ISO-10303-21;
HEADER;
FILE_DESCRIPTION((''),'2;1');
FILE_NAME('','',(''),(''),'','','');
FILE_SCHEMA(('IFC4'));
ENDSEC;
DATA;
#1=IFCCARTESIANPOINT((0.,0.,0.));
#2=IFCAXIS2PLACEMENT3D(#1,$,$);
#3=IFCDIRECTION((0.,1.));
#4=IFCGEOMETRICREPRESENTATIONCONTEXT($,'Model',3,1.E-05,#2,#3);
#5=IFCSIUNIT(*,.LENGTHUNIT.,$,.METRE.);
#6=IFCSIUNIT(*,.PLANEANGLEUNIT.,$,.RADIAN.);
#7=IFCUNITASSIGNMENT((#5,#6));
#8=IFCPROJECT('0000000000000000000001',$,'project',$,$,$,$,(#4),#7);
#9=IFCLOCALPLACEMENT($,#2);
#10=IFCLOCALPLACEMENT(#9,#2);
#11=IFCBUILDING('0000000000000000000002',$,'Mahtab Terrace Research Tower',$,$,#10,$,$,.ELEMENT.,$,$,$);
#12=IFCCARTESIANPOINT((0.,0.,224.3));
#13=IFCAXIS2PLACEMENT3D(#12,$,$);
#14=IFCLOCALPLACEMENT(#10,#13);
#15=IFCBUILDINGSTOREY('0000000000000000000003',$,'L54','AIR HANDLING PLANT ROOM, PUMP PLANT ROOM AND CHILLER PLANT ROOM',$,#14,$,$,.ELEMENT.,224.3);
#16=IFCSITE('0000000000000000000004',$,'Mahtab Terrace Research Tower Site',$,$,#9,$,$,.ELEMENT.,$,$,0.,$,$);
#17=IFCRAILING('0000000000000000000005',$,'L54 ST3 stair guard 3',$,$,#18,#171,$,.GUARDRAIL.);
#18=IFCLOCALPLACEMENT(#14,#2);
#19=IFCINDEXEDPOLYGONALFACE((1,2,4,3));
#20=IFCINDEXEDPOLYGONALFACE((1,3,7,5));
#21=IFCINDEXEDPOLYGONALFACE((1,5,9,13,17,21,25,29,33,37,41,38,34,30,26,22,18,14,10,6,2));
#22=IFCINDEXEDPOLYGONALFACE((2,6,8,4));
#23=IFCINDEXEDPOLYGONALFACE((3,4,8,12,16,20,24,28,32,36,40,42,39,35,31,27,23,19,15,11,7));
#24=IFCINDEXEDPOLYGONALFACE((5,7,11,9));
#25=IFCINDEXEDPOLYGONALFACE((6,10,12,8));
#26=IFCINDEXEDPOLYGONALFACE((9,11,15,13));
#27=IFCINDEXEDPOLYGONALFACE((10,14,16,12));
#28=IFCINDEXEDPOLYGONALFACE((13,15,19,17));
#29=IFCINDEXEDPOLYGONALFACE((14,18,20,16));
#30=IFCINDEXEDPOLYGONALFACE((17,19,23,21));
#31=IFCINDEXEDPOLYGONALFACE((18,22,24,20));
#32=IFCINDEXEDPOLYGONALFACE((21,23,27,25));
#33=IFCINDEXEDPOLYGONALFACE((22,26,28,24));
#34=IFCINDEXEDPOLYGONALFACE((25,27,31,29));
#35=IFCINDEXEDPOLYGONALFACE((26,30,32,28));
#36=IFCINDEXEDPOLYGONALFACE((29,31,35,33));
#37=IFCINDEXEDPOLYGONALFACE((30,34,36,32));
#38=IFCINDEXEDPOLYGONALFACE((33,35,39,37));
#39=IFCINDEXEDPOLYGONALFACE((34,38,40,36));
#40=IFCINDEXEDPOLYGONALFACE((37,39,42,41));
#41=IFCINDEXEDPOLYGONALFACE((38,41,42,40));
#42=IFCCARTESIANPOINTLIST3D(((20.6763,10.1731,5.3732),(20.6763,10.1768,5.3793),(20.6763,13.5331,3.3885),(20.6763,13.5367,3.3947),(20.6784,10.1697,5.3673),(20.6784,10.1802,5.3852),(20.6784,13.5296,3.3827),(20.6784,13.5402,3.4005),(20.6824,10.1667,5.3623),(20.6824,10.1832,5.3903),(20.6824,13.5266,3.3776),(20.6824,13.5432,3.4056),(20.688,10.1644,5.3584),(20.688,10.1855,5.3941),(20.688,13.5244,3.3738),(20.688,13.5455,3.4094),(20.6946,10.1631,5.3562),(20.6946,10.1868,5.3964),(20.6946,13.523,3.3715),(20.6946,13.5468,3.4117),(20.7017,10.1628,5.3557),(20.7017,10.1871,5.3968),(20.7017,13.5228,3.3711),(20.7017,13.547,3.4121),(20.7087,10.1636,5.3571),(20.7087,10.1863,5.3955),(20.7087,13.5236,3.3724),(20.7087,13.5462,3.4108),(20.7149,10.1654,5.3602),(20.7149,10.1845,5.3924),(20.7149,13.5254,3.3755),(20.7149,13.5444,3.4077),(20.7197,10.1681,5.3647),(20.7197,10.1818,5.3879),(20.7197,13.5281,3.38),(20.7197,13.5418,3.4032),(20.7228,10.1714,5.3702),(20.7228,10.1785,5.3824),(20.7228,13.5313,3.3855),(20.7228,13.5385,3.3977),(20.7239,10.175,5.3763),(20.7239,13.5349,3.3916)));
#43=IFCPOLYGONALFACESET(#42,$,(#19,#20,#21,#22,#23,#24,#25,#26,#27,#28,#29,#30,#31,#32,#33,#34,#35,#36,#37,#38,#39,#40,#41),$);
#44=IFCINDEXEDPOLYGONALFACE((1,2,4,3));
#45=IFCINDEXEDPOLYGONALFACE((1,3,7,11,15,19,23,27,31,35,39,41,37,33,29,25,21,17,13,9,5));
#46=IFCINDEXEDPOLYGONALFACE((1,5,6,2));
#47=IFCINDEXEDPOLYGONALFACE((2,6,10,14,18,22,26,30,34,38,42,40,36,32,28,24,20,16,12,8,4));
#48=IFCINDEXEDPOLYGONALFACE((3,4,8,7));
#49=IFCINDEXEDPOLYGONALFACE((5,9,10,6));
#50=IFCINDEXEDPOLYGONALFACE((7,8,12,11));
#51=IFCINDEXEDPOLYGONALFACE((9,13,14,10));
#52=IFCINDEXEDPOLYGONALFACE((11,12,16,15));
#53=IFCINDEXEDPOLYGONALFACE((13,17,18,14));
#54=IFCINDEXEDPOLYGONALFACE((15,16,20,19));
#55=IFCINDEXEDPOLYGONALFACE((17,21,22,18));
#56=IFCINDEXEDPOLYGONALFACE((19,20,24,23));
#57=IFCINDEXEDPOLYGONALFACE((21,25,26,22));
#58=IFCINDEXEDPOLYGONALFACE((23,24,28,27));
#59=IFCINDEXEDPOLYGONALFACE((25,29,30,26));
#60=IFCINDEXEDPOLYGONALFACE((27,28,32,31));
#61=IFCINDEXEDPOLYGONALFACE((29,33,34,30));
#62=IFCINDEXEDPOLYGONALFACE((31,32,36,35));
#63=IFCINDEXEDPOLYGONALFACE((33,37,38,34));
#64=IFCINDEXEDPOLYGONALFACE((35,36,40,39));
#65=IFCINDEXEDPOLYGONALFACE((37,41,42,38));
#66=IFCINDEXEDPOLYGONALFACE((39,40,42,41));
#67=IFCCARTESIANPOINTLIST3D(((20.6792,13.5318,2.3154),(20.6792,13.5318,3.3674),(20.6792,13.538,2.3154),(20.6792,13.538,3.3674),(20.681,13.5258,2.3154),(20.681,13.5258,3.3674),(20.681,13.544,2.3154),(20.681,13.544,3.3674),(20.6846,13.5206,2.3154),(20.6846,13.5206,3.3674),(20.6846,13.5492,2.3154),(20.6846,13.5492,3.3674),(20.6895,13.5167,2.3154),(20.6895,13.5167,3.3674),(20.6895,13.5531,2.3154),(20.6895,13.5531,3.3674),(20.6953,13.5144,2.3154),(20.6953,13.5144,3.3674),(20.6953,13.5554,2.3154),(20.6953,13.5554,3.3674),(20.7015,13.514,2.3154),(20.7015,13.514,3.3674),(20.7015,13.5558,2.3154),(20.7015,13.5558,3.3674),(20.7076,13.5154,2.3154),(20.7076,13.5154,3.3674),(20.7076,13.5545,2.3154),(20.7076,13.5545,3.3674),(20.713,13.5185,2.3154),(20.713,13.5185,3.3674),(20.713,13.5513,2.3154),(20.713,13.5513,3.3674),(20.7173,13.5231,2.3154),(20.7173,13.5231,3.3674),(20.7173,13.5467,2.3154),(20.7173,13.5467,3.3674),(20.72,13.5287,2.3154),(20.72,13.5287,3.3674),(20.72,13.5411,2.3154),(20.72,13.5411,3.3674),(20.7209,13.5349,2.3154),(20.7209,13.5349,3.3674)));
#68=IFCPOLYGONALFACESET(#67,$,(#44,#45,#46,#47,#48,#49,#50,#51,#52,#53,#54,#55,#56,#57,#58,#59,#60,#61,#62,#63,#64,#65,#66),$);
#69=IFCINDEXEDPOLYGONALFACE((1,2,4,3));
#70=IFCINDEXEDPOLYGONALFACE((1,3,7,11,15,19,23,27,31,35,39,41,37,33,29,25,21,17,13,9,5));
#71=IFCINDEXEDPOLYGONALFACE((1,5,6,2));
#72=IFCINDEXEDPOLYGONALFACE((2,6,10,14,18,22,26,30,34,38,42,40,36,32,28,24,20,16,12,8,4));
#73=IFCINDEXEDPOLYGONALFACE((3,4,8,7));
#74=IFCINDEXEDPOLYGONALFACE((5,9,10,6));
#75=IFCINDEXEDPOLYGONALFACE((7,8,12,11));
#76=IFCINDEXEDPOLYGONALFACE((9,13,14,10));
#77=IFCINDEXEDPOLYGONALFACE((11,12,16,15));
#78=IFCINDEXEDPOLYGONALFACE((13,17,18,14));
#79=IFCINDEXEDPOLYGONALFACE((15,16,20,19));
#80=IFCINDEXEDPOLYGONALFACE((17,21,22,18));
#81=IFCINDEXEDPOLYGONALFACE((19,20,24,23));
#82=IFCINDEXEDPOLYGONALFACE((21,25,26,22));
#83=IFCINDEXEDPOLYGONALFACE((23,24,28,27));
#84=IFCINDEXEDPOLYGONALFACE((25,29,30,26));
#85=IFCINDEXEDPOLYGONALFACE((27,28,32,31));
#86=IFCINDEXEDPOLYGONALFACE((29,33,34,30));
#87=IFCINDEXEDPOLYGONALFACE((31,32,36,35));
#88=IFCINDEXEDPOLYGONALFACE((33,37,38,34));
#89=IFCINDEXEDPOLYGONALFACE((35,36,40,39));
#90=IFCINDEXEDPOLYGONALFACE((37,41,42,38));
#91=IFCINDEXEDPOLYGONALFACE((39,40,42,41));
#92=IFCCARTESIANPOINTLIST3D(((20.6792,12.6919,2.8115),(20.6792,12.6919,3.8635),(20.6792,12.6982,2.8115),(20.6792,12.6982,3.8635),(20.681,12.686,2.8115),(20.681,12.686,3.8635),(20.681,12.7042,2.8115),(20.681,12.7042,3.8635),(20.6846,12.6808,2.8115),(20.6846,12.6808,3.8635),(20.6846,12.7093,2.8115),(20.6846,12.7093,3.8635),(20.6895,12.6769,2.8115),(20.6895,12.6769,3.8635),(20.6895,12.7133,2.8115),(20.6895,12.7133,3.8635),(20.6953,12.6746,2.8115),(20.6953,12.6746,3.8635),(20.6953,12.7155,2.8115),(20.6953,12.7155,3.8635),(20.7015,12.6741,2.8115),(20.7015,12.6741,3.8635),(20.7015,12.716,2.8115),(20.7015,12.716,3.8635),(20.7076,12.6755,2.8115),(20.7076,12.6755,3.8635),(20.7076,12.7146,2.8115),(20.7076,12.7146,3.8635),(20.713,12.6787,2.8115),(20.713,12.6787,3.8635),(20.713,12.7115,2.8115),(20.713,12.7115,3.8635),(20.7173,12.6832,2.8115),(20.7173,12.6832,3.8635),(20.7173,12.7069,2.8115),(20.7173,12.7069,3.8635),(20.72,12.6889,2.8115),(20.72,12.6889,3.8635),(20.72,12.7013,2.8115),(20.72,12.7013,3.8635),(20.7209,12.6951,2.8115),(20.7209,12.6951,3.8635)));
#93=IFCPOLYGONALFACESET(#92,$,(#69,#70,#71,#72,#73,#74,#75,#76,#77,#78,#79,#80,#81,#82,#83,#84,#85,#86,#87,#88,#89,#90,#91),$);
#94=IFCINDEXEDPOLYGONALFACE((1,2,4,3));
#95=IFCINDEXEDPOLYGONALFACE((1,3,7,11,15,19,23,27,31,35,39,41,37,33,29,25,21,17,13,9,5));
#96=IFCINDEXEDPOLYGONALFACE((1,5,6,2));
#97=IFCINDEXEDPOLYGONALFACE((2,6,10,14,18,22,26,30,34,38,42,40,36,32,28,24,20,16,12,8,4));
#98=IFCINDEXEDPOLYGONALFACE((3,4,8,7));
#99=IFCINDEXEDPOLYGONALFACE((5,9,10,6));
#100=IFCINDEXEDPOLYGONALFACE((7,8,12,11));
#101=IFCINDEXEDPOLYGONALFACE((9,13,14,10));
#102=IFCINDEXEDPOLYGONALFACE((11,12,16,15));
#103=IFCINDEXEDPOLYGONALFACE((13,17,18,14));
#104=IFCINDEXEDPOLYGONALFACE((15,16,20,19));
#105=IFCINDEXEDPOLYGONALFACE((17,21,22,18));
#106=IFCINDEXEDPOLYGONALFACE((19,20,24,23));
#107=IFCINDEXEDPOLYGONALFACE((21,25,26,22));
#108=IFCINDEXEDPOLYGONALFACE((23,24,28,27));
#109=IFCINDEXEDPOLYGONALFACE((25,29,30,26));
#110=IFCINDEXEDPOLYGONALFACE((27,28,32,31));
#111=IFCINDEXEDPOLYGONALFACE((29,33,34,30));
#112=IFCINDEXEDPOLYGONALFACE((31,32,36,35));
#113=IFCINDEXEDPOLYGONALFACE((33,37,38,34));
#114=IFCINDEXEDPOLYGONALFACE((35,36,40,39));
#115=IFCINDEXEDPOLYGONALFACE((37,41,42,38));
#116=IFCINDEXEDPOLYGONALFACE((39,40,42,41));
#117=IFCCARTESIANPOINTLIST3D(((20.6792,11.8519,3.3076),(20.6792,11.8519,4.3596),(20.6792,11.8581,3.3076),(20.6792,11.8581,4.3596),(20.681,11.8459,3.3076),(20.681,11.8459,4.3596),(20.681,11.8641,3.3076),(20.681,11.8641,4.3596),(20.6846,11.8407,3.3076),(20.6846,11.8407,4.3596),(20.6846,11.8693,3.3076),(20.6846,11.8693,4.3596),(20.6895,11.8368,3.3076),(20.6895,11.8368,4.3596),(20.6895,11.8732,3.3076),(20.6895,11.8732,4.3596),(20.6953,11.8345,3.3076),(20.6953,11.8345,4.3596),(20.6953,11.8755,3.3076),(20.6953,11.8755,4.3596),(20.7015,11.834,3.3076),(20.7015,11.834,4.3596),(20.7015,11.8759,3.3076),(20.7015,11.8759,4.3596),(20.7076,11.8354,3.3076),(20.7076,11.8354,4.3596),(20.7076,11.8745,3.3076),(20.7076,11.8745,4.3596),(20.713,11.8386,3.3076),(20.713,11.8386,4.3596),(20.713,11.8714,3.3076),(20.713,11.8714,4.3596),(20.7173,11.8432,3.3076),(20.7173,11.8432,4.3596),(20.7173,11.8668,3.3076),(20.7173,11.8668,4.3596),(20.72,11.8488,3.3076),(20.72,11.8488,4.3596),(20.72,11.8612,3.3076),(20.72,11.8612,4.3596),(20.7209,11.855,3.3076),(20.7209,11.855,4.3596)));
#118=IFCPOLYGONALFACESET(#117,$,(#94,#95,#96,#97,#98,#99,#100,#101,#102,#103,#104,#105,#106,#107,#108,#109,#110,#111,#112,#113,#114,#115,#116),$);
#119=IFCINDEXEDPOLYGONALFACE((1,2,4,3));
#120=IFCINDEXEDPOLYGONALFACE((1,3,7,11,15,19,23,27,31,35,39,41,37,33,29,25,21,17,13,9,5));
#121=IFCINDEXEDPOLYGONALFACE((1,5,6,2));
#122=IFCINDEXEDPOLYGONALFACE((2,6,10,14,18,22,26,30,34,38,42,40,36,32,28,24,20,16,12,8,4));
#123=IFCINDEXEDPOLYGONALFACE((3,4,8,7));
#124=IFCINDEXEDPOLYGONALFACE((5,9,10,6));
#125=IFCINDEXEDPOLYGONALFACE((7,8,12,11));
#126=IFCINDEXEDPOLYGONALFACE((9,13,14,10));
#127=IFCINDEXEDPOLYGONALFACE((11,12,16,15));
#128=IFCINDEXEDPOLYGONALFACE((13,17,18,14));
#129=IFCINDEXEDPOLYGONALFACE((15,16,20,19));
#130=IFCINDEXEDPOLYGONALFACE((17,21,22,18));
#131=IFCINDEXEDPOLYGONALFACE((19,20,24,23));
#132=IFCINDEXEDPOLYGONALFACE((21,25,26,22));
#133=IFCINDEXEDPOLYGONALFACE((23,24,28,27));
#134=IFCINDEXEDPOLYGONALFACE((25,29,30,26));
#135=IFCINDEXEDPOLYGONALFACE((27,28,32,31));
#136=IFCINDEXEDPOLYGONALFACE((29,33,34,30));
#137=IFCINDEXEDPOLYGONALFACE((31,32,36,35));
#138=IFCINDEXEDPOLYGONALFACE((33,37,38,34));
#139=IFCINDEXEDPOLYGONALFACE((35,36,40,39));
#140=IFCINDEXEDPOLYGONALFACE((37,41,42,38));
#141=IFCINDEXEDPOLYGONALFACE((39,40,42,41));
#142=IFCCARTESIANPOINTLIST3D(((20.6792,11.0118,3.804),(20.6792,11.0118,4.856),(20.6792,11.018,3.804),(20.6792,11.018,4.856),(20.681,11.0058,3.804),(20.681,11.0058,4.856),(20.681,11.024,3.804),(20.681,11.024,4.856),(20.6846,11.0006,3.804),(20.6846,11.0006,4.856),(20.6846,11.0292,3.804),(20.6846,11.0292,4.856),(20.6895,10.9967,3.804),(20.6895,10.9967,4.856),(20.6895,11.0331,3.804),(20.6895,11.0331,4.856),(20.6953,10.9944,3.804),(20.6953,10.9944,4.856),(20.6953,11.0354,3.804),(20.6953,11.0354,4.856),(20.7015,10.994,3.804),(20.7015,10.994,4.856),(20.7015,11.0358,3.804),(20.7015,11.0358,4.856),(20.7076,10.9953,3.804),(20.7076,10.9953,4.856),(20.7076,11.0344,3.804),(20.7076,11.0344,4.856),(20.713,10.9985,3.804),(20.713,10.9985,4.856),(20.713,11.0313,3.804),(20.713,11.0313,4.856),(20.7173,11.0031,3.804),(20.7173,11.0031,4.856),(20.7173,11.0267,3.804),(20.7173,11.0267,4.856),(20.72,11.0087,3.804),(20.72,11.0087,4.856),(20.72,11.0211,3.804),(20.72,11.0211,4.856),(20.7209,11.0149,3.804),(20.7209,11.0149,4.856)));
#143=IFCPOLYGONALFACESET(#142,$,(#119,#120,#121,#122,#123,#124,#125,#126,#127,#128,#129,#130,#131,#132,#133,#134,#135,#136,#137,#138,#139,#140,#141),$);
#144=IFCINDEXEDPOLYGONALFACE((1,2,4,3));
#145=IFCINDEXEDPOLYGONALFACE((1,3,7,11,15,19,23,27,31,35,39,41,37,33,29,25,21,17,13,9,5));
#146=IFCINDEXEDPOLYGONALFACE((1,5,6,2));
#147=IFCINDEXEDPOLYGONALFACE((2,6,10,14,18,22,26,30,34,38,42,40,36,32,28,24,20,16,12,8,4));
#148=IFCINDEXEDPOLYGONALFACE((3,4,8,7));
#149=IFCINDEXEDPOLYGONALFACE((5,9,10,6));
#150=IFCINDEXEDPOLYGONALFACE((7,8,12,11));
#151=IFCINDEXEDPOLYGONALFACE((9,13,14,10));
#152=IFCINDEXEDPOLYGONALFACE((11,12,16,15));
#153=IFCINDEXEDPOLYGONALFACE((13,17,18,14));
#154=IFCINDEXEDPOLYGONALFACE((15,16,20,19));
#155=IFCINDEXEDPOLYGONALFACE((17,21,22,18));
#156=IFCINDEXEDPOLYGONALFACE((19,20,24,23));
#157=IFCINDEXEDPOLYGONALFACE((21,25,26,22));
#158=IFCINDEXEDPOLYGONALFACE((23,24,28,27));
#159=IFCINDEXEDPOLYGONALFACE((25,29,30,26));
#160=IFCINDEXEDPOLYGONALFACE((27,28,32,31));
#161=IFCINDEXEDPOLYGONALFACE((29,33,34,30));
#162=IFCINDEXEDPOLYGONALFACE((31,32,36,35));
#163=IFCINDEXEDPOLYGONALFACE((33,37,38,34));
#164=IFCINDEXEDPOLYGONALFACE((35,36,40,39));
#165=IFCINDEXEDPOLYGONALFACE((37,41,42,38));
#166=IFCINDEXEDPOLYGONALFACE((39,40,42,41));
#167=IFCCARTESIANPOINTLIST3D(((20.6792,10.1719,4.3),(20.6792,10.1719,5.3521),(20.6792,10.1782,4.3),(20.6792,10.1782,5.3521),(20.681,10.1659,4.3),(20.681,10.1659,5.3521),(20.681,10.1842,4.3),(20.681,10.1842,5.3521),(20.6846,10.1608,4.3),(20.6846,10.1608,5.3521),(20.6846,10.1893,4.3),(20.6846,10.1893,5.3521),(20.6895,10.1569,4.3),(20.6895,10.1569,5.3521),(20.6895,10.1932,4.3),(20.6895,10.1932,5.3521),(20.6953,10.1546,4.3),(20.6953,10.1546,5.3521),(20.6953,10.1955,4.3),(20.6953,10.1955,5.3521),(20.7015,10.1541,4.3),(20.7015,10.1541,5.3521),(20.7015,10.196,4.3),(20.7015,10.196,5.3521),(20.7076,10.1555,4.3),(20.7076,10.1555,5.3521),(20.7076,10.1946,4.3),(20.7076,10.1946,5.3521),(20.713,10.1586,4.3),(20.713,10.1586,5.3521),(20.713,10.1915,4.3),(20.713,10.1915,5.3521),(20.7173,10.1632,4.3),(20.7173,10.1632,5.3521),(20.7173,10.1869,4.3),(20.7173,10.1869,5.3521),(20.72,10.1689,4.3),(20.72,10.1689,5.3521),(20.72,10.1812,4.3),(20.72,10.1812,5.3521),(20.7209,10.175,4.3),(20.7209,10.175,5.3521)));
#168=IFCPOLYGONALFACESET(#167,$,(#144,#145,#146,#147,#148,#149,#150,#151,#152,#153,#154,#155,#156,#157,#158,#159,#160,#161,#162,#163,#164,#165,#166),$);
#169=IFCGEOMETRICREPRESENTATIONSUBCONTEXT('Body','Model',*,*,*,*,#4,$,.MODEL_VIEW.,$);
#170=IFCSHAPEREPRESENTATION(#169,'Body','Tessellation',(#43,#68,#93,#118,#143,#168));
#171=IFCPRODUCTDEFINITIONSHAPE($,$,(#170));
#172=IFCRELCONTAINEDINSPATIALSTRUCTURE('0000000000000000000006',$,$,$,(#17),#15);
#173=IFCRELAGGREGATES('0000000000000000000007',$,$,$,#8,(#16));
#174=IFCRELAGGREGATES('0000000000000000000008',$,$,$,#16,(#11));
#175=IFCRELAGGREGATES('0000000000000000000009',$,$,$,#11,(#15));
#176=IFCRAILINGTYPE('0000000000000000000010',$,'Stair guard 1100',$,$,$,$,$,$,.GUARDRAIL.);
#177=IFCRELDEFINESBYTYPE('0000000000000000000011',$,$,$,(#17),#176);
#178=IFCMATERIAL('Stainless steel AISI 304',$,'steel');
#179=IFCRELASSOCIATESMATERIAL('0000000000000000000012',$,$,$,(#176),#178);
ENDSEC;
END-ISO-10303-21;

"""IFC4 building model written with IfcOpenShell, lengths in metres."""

from ifc_helpers import new_model, si_unit, direction, frame, origin, origin_2d, place, context, subcontext, project, spatial, circle, extrude, material, type_object, element, save


model = new_model("IFC4")

# Units and contexts
model_context = context("Model", 3, precision=1e-05, world=origin(), true_north=direction((0.0, 1.0)))
body_context = subcontext(model_context, "Body", "Model", "MODEL_VIEW")
ifc_project = project(units=[si_unit("LENGTHUNIT", "METRE"), si_unit("PLANEANGLEUNIT", "RADIAN")], contexts=[model_context])

# Site, building, storey
site_placement = place(None, origin())
site = spatial("IfcSite", under=ifc_project, at=site_placement, Name="Mahtab Terrace Research Tower Site", CompositionType="ELEMENT", RefElevation=0.0)
building_placement = place(site_placement, origin())
building = spatial("IfcBuilding", under=site, at=building_placement, Name="Mahtab Terrace Research Tower", CompositionType="ELEMENT")
storey_placement = place(building_placement, frame((0.0, 0.0, 224.3)))
storey = spatial("IfcBuildingStorey", under=building, at=storey_placement, Name="L54", Description="AIR HANDLING PLANT ROOM, PUMP PLANT ROOM AND CHILLER PLANT ROOM", CompositionType="ELEMENT", Elevation=224.3)

# Railing
ifc_material_1 = material(Name="Stainless steel AISI 304", Category="steel")
railing_type_1 = type_object("IfcRailingType", Name="Stair guard 1100", PredefinedType="GUARDRAIL", material=ifc_material_1)
railing_1_placement = place(storey_placement, frame((20.7, 13.5349, 2.3154)))
element("IfcRailing", 1, at=railing_1_placement, inside=storey, type_object=railing_type_1, Name="L54 ST3 stair guard 3", PredefinedType="GUARDRAIL", context=body_context, shape_type="SweptSolid", body=[
    extrude(circle(Radius=0.0239, at=origin_2d()), frame((0.0, 0.0, 1.0762), z_axis=(0.0, -0.861011, 0.508586), x_axis=(1.0, 0.0, 0.0)), (0.0, 0.0, 1.0), 3.9023),
    extrude(circle(Radius=0.021, at=origin_2d()), origin(), (0.0, 0.0, 1.0), 1.052),
    extrude(circle(Radius=0.021, at=origin_2d()), frame((0.0, -0.8398, 0.4961)), (0.0, 0.0, 1.0), 1.052),
    extrude(circle(Radius=0.021, at=origin_2d()), frame((0.0, -1.6799, 0.9922)), (0.0, 0.0, 1.0), 1.052),
    extrude(circle(Radius=0.021, at=origin_2d()), frame((0.0, -2.52, 1.4885)), (0.0, 0.0, 1.0), 1.052),
    extrude(circle(Radius=0.021, at=origin_2d()), frame((0.0, -3.3599, 1.9846)), (0.0, 0.0, 1.0), 1.052),
])

save(model, "model.ifc")
